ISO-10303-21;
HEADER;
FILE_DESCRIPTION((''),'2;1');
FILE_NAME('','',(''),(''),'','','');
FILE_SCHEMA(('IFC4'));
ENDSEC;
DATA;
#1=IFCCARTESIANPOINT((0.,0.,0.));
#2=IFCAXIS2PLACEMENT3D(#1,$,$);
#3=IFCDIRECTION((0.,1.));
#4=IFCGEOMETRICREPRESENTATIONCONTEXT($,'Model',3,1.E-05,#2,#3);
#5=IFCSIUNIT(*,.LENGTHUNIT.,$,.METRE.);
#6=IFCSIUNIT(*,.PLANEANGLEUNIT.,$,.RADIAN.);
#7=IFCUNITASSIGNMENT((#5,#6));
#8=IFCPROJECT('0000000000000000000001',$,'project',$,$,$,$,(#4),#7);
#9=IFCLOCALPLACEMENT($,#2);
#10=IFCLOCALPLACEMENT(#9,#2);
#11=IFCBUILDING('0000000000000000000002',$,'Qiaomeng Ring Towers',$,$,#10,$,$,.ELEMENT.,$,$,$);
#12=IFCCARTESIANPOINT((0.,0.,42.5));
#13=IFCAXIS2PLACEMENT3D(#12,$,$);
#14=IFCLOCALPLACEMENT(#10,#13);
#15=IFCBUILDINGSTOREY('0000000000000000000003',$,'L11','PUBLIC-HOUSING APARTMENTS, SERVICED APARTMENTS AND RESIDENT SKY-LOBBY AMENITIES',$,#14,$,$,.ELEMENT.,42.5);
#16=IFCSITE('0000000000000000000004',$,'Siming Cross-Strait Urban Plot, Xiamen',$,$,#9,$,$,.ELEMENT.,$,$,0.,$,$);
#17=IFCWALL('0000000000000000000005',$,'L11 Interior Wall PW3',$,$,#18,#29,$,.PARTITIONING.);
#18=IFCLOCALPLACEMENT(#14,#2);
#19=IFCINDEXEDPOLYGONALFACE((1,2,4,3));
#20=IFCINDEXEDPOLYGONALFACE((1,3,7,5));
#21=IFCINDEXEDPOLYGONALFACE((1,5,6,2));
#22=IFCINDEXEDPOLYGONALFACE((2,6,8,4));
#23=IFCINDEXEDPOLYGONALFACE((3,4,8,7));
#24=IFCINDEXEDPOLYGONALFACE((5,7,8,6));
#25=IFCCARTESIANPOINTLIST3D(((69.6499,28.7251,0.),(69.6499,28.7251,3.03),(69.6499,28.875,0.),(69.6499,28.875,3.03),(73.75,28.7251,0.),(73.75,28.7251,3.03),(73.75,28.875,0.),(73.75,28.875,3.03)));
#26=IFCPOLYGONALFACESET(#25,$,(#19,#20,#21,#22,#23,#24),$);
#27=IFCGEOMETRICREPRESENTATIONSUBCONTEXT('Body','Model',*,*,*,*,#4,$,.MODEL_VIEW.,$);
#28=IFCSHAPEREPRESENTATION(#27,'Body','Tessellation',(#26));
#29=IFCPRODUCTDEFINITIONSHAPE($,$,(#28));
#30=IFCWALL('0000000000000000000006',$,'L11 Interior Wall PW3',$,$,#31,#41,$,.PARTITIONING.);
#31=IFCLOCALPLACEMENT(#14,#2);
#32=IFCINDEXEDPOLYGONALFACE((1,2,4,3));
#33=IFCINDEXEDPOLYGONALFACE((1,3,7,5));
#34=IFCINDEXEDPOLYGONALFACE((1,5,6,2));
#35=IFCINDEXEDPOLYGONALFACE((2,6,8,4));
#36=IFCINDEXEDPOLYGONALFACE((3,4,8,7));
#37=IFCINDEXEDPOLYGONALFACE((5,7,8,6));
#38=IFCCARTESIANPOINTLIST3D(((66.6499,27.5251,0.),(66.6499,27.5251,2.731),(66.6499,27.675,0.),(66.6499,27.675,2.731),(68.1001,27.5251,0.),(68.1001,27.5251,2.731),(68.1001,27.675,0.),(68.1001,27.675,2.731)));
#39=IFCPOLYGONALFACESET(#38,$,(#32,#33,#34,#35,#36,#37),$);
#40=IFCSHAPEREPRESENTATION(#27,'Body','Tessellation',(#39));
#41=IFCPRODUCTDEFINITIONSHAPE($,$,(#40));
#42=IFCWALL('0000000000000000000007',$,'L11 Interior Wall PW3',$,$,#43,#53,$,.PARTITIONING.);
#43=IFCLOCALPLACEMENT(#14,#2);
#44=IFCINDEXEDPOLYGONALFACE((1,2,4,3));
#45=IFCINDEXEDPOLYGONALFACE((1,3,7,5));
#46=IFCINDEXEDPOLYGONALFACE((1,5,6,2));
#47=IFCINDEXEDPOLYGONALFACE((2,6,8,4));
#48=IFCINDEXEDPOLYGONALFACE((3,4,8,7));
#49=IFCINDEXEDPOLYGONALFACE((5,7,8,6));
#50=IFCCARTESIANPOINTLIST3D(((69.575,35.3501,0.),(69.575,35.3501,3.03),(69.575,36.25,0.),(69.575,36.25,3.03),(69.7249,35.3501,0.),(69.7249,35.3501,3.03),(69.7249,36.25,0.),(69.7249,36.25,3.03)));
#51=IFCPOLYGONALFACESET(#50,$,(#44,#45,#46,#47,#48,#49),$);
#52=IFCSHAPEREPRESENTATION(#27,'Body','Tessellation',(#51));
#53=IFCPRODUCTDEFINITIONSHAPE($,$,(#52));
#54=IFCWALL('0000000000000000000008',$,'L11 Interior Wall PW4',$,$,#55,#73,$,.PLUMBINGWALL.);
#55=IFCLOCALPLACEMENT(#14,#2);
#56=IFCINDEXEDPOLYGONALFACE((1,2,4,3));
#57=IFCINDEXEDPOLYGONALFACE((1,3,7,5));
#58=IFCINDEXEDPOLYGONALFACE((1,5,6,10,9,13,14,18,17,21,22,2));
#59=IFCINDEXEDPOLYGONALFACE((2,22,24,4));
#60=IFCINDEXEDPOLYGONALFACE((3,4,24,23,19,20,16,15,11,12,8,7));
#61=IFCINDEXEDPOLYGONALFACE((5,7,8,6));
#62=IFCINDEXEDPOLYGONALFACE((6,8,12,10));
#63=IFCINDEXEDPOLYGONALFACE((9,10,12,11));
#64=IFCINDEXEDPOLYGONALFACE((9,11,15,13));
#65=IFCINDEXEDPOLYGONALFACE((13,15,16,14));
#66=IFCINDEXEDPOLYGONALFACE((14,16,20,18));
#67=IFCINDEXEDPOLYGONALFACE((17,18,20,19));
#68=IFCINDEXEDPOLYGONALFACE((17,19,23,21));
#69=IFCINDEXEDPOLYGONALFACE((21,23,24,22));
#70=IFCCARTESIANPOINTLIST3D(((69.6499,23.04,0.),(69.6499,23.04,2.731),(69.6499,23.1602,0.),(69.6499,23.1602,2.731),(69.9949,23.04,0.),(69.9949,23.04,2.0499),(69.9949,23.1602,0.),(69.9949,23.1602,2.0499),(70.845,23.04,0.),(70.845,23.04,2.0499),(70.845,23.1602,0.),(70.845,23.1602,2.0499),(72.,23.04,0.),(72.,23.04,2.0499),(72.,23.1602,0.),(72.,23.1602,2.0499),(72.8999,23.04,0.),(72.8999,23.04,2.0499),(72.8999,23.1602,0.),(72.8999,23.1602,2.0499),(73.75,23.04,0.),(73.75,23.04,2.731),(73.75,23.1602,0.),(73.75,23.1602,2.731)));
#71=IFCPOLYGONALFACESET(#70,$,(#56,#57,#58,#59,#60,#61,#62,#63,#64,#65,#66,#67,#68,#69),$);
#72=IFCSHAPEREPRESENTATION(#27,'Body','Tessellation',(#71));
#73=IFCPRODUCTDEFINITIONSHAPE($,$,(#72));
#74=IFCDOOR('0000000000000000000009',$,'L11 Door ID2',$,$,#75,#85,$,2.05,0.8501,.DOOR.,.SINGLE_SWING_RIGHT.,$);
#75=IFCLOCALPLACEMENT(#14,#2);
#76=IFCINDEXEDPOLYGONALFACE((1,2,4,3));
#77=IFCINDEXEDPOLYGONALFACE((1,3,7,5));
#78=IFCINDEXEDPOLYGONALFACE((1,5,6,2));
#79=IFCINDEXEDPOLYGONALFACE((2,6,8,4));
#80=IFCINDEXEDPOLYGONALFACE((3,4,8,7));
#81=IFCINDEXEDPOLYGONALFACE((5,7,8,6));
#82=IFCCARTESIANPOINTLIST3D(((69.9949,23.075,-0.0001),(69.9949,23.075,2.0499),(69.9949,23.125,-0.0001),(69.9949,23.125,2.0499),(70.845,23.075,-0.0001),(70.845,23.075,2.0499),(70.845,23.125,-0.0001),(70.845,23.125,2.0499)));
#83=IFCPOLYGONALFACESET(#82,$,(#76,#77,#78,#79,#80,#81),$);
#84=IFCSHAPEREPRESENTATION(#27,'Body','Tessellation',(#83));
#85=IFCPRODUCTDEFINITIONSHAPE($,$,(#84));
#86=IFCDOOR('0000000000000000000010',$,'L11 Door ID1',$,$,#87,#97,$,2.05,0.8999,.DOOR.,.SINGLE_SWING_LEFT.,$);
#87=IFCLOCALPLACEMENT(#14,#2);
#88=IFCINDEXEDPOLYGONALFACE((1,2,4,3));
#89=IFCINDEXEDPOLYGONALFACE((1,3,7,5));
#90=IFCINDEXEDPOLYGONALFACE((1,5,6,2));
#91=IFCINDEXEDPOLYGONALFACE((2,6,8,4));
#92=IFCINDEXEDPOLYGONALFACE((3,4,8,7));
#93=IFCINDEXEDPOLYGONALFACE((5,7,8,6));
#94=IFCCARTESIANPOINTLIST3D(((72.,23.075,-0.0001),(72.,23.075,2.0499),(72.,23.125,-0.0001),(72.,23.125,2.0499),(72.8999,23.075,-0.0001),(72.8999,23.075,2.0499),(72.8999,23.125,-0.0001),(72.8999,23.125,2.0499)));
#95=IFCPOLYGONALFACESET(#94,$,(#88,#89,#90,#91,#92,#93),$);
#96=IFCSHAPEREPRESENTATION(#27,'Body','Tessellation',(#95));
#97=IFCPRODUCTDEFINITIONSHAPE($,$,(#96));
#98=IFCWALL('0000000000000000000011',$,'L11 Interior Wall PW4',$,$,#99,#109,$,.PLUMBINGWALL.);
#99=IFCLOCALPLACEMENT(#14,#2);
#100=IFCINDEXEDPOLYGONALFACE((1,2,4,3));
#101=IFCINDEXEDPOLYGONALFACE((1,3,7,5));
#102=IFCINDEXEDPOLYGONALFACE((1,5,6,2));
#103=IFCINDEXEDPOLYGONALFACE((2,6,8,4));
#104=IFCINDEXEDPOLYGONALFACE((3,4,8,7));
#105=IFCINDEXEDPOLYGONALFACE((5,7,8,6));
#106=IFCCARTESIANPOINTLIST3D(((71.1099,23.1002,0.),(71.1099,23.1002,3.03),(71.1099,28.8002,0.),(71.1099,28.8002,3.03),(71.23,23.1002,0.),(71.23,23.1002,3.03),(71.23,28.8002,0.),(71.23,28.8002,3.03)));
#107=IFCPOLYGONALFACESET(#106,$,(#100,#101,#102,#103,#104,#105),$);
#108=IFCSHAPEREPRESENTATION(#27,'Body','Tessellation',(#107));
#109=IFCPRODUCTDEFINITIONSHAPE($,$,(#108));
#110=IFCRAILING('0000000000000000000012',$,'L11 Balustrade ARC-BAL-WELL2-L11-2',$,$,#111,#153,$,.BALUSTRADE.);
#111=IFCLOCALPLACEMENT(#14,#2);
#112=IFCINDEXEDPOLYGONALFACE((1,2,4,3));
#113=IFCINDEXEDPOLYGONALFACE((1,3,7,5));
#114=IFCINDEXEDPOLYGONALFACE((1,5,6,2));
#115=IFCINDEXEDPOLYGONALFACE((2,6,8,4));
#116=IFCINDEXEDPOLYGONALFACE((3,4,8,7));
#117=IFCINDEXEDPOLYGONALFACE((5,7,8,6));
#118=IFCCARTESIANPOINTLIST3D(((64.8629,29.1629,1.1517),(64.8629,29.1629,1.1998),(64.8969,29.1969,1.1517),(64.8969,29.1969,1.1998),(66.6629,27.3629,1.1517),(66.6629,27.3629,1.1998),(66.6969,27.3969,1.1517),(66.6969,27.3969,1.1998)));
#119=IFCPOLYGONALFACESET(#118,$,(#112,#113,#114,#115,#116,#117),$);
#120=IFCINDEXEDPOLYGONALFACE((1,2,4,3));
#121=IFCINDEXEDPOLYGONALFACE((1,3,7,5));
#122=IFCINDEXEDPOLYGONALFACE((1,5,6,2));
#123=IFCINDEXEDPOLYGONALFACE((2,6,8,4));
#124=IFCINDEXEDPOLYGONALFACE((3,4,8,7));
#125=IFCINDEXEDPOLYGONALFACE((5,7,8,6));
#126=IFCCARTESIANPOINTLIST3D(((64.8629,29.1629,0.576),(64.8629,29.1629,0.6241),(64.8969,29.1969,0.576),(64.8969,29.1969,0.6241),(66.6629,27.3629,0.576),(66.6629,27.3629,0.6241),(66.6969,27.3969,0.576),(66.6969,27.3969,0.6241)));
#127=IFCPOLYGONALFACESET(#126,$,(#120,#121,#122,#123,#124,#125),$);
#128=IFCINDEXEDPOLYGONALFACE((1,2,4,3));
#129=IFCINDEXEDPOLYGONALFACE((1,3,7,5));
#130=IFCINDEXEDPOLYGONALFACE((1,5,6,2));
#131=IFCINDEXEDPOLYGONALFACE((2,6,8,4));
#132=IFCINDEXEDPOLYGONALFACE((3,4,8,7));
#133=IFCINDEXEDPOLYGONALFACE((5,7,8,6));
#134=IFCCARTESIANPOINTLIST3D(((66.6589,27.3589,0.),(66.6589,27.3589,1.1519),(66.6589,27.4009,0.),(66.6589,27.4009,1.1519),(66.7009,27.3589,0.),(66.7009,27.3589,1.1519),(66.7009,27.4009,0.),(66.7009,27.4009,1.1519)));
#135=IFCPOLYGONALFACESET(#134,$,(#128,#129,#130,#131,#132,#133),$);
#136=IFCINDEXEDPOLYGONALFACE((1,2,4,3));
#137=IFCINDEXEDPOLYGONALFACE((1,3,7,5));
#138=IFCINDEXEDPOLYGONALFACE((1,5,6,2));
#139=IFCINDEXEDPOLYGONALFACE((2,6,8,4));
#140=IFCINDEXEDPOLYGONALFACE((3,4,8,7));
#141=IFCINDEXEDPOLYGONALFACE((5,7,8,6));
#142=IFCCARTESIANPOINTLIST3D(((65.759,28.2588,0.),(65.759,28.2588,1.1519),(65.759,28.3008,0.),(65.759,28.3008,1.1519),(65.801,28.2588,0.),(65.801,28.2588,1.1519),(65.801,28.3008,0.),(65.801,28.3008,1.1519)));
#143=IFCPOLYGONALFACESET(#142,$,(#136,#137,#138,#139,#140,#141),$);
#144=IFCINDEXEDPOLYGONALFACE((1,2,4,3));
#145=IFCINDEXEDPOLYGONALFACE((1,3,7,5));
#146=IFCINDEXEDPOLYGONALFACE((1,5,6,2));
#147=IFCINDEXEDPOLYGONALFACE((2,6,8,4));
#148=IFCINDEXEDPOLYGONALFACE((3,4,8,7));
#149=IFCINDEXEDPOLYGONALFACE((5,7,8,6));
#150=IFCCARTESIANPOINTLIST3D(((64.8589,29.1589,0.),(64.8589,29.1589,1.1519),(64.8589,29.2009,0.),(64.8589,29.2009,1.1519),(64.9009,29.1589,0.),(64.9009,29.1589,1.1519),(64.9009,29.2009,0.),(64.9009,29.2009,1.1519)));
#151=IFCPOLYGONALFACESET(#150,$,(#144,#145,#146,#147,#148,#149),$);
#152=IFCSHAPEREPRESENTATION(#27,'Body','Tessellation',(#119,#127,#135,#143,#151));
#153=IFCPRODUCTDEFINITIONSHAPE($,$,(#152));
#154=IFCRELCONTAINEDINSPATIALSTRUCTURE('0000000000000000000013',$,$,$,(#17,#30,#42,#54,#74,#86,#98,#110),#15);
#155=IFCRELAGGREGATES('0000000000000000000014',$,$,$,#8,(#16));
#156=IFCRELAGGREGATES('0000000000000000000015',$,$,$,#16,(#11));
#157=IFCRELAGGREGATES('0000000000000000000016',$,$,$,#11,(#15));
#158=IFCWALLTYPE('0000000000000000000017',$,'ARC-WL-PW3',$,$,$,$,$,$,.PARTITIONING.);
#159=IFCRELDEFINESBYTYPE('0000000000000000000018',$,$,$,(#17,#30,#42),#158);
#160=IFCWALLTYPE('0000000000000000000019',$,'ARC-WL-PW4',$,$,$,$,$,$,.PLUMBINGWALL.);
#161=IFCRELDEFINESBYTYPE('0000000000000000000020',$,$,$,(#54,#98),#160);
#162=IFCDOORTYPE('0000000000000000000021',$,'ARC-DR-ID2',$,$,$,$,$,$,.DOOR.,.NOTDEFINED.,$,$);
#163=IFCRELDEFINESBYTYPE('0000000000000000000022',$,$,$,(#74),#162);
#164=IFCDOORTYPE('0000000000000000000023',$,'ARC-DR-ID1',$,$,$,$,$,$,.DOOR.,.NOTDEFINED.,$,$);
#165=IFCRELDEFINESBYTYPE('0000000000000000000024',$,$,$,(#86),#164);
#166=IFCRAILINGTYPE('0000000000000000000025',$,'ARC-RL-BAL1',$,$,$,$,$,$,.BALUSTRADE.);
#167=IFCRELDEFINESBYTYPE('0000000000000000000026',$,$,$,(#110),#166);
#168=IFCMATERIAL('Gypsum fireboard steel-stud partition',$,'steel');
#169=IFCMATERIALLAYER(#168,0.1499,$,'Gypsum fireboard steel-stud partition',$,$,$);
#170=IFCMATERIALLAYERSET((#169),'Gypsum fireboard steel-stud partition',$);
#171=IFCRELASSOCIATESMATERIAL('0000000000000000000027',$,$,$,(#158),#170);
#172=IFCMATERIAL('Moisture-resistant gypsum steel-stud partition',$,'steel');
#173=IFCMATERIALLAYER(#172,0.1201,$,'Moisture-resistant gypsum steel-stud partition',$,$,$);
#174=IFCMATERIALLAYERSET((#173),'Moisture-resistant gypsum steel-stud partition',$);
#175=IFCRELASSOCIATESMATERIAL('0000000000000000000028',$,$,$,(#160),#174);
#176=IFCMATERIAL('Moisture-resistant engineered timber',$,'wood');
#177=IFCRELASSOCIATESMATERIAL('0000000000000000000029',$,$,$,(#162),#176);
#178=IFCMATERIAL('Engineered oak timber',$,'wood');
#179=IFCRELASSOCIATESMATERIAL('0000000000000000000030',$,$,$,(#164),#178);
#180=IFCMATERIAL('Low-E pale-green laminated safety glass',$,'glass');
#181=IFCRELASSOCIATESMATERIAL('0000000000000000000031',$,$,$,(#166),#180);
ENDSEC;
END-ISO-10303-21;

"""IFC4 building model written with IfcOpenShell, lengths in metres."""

from ifc_helpers import new_model, si_unit, direction, frame, frame_2d, origin, origin_2d, place, context, subcontext, project, spatial, rectangle, extrude, source, transform, mapped, material, layer, layer_set, type_object, element, fill, save


model = new_model("IFC4")

# Units and contexts
model_context = context("Model", 3, precision=1e-05, world=origin(), true_north=direction((0.0, 1.0)))
body_context = subcontext(model_context, "Body", "Model", "MODEL_VIEW")
ifc_project = project(units=[si_unit("LENGTHUNIT", "METRE"), si_unit("PLANEANGLEUNIT", "RADIAN")], contexts=[model_context])

# Site, building, storey
site_placement = place(None, origin())
site = spatial("IfcSite", under=ifc_project, at=site_placement, Name="Siming Cross-Strait Urban Plot, Xiamen", CompositionType="ELEMENT", RefElevation=0.0)
building_placement = place(site_placement, origin())
building = spatial("IfcBuilding", under=site, at=building_placement, Name="Qiaomeng Ring Towers", CompositionType="ELEMENT")
storey_placement = place(building_placement, frame((0.0, 0.0, 42.5)))
storey = spatial("IfcBuildingStorey", under=building, at=storey_placement, Name="L11", Description="PUBLIC-HOUSING APARTMENTS, SERVICED APARTMENTS AND RESIDENT SKY-LOBBY AMENITIES", CompositionType="ELEMENT", Elevation=42.5)

# Walls
ifc_material_1 = material(Name="Gypsum fireboard steel-stud partition", Category="steel")
ifc_layer_1 = layer(ifc_material_1, 0.1499, Name="Gypsum fireboard steel-stud partition")
ifc_layer_set_1 = layer_set([ifc_layer_1], Name="Gypsum fireboard steel-stud partition")
wall_type_1 = type_object("IfcWallType", Name="ARC-WL-PW3", PredefinedType="PARTITIONING", material=ifc_layer_set_1)
wall_1_placement = place(storey_placement, frame((69.6499, 28.8, 0.0), z_axis=(0.0, 0.0, 1.0), x_axis=(1.0, 0.0, 0.0)))
element("IfcWall", 1, at=wall_1_placement, inside=storey, type_object=wall_type_1, Name="L11 Interior Wall PW3", PredefinedType="PARTITIONING", context=body_context, shape_type="SweptSolid", body=[
    extrude(rectangle(XDim=4.1001, YDim=0.1499, at=frame_2d((2.05, 0.0))), origin(), (0.0, 0.0, 1.0), 3.03),
])
wall_2_placement = place(storey_placement, frame((66.6499, 27.6001, 0.0), z_axis=(0.0, 0.0, 1.0), x_axis=(1.0, 0.0, 0.0)))
element("IfcWall", 2, at=wall_2_placement, inside=storey, type_object=wall_type_1, Name="L11 Interior Wall PW3", PredefinedType="PARTITIONING", context=body_context, shape_type="SweptSolid", body=[
    extrude(rectangle(XDim=1.4502, YDim=0.1499, at=frame_2d((0.7251, 0.0))), origin(), (0.0, 0.0, 1.0), 2.731),
])
wall_3_placement = place(storey_placement, frame((69.6499, 35.3501, 0.0), z_axis=(0.0, 0.0, 1.0), x_axis=(0.0, 1.0, 0.0)))
element("IfcWall", 3, at=wall_3_placement, inside=storey, type_object=wall_type_1, Name="L11 Interior Wall PW3", PredefinedType="PARTITIONING", context=body_context, shape_type="SweptSolid", body=[
    extrude(rectangle(XDim=0.8999, YDim=0.1499, at=frame_2d((0.45, 0.0))), origin(), (0.0, 0.0, 1.0), 3.03),
])

# Wall, openings, doors
ifc_material_2 = material(Name="Moisture-resistant gypsum steel-stud partition", Category="steel")
ifc_layer_2 = layer(ifc_material_2, 0.1201, Name="Moisture-resistant gypsum steel-stud partition")
ifc_layer_set_2 = layer_set([ifc_layer_2], Name="Moisture-resistant gypsum steel-stud partition")
wall_type_2 = type_object("IfcWallType", Name="ARC-WL-PW4", PredefinedType="PLUMBINGWALL", material=ifc_layer_set_2)
wall_4_placement = place(storey_placement, frame((69.6499, 23.1001, 0.0), z_axis=(0.0, 0.0, 1.0), x_axis=(1.0, 0.0, 0.0)))
wall_4 = element("IfcWall", 4, at=wall_4_placement, inside=storey, type_object=wall_type_2, Name="L11 Interior Wall PW4", PredefinedType="PLUMBINGWALL", context=body_context, shape_type="SweptSolid", body=[
    extrude(rectangle(XDim=4.1001, YDim=0.1201, at=frame_2d((2.05, 0.0))), origin(), (0.0, 0.0, 1.0), 2.731),
])
opening_1_placement = place(wall_4_placement, frame((0.345, 0.0, 0.0)))
opening_1 = element("IfcOpeningElement", 5, at=opening_1_placement, cuts=wall_4, PredefinedType="OPENING", context=body_context, shape_type="SweptSolid", body=[
    extrude(rectangle(XDim=0.8501, YDim=2.05, at=frame_2d((0.425, 1.0249))), frame((0.0, 0.0701, 0.0), z_axis=(0.0, -1.0, 0.0), x_axis=(1.0, 0.0, 0.0)), (0.0, 0.0, 1.0), 0.1401),
])
opening_2_placement = place(wall_4_placement, frame((2.3501, 0.0, 0.0)))
opening_2 = element("IfcOpeningElement", 6, at=opening_2_placement, cuts=wall_4, PredefinedType="OPENING", context=body_context, shape_type="SweptSolid", body=[
    extrude(rectangle(XDim=0.8999, YDim=2.05, at=frame_2d((0.45, 1.0249))), frame((0.0, 0.0701, 0.0), z_axis=(0.0, -1.0, 0.0), x_axis=(1.0, 0.0, 0.0)), (0.0, 0.0, 1.0), 0.1401),
])
ifc_material_3 = material(Name="Moisture-resistant engineered timber", Category="wood")
door_type_1 = type_object("IfcDoorType", Name="ARC-DR-ID2", OperationType="NOTDEFINED", PredefinedType="DOOR", material=ifc_material_3)
shared_shape_1 = source(origin(), body_context, "Body", "SweptSolid", [
    extrude(rectangle(XDim=0.8501, YDim=2.05, at=frame_2d((0.425, 1.0249))), frame((0.0, 0.0249, 0.0), z_axis=(0.0, -1.0, 0.0), x_axis=(1.0, 0.0, 0.0)), (0.0, 0.0, 1.0), 0.05),
])
door_1_placement = place(opening_1_placement, origin())
door_1 = element("IfcDoor", 7, at=door_1_placement, inside=storey, type_object=door_type_1, Name="L11 Door ID2", OperationType="SINGLE_SWING_RIGHT", OverallHeight=2.05, OverallWidth=0.8501, PredefinedType="DOOR", context=body_context, shape_type="MappedRepresentation", body=[
    mapped(shared_shape_1, transform((0.0, 0.0, 0.0), x_axis=(1.0, 0.0, 0.0), y_axis=(0.0, 1.0, 0.0), z_axis=(0.0, 0.0, 1.0), scale=1.0)),
])
fill(opening_1, door_1)
ifc_material_4 = material(Name="Engineered oak timber", Category="wood")
door_type_2 = type_object("IfcDoorType", Name="ARC-DR-ID1", OperationType="NOTDEFINED", PredefinedType="DOOR", material=ifc_material_4)
shared_shape_2 = source(origin(), body_context, "Body", "SweptSolid", [
    extrude(rectangle(XDim=0.8999, YDim=2.05, at=frame_2d((0.45, 1.0249))), frame((0.0, 0.0249, 0.0), z_axis=(0.0, -1.0, 0.0), x_axis=(1.0, 0.0, 0.0)), (0.0, 0.0, 1.0), 0.05),
])
door_2_placement = place(opening_2_placement, origin())
door_2 = element("IfcDoor", 8, at=door_2_placement, inside=storey, type_object=door_type_2, Name="L11 Door ID1", OperationType="SINGLE_SWING_LEFT", OverallHeight=2.05, OverallWidth=0.8999, PredefinedType="DOOR", context=body_context, shape_type="MappedRepresentation", body=[
    mapped(shared_shape_2, transform((0.0, 0.0, 0.0), x_axis=(1.0, 0.0, 0.0), y_axis=(0.0, 1.0, 0.0), z_axis=(0.0, 0.0, 1.0), scale=1.0)),
])
fill(opening_2, door_2)

# Wall
wall_5_placement = place(storey_placement, frame((71.1699, 23.1001, 0.0), z_axis=(0.0, 0.0, 1.0), x_axis=(0.0, 1.0, 0.0)))
element("IfcWall", 9, at=wall_5_placement, inside=storey, type_object=wall_type_2, Name="L11 Interior Wall PW4", PredefinedType="PLUMBINGWALL", context=body_context, shape_type="SweptSolid", body=[
    extrude(rectangle(XDim=5.7, YDim=0.1201, at=frame_2d((2.8501, 0.0))), origin(), (0.0, 0.0, 1.0), 3.03),
])

# Railing
ifc_material_5 = material(Name="Low-E pale-green laminated safety glass", Category="glass")
railing_type = type_object("IfcRailingType", Name="ARC-RL-BAL1", PredefinedType="BALUSTRADE", material=ifc_material_5)
railing_1_placement = place(storey_placement, frame((66.6799, 27.3799, 0.0)))
element("IfcRailing", 10, at=railing_1_placement, inside=storey, type_object=railing_type, Name="L11 Balustrade ARC-BAL-WELL2-L11-2", PredefinedType="BALUSTRADE", context=body_context, shape_type="SweptSolid", body=[
    extrude(rectangle(XDim=0.0481, YDim=0.0481, at=origin_2d()), frame((0.0, 0.0, 1.1758), z_axis=(-0.707107, 0.707107, 0.0), x_axis=(-0.707107, -0.707107, 0.0)), (0.0, 0.0, 1.0), 2.5457),
    extrude(rectangle(XDim=0.0481, YDim=0.0481, at=origin_2d()), frame((0.0, 0.0, 0.6001), z_axis=(-0.707107, 0.707107, 0.0), x_axis=(-0.707107, -0.707107, 0.0)), (0.0, 0.0, 1.0), 2.5457),
    extrude(rectangle(XDim=0.042, YDim=0.042, at=origin_2d()), origin(), (0.0, 0.0, 1.0), 1.1519),
    extrude(rectangle(XDim=0.042, YDim=0.042, at=origin_2d()), frame((-0.8999, 0.8999, 0.0)), (0.0, 0.0, 1.0), 1.1519),
    extrude(rectangle(XDim=0.042, YDim=0.042, at=origin_2d()), frame((-1.8, 1.8, 0.0)), (0.0, 0.0, 1.0), 1.1519),
])

save(model, "model.ifc")
